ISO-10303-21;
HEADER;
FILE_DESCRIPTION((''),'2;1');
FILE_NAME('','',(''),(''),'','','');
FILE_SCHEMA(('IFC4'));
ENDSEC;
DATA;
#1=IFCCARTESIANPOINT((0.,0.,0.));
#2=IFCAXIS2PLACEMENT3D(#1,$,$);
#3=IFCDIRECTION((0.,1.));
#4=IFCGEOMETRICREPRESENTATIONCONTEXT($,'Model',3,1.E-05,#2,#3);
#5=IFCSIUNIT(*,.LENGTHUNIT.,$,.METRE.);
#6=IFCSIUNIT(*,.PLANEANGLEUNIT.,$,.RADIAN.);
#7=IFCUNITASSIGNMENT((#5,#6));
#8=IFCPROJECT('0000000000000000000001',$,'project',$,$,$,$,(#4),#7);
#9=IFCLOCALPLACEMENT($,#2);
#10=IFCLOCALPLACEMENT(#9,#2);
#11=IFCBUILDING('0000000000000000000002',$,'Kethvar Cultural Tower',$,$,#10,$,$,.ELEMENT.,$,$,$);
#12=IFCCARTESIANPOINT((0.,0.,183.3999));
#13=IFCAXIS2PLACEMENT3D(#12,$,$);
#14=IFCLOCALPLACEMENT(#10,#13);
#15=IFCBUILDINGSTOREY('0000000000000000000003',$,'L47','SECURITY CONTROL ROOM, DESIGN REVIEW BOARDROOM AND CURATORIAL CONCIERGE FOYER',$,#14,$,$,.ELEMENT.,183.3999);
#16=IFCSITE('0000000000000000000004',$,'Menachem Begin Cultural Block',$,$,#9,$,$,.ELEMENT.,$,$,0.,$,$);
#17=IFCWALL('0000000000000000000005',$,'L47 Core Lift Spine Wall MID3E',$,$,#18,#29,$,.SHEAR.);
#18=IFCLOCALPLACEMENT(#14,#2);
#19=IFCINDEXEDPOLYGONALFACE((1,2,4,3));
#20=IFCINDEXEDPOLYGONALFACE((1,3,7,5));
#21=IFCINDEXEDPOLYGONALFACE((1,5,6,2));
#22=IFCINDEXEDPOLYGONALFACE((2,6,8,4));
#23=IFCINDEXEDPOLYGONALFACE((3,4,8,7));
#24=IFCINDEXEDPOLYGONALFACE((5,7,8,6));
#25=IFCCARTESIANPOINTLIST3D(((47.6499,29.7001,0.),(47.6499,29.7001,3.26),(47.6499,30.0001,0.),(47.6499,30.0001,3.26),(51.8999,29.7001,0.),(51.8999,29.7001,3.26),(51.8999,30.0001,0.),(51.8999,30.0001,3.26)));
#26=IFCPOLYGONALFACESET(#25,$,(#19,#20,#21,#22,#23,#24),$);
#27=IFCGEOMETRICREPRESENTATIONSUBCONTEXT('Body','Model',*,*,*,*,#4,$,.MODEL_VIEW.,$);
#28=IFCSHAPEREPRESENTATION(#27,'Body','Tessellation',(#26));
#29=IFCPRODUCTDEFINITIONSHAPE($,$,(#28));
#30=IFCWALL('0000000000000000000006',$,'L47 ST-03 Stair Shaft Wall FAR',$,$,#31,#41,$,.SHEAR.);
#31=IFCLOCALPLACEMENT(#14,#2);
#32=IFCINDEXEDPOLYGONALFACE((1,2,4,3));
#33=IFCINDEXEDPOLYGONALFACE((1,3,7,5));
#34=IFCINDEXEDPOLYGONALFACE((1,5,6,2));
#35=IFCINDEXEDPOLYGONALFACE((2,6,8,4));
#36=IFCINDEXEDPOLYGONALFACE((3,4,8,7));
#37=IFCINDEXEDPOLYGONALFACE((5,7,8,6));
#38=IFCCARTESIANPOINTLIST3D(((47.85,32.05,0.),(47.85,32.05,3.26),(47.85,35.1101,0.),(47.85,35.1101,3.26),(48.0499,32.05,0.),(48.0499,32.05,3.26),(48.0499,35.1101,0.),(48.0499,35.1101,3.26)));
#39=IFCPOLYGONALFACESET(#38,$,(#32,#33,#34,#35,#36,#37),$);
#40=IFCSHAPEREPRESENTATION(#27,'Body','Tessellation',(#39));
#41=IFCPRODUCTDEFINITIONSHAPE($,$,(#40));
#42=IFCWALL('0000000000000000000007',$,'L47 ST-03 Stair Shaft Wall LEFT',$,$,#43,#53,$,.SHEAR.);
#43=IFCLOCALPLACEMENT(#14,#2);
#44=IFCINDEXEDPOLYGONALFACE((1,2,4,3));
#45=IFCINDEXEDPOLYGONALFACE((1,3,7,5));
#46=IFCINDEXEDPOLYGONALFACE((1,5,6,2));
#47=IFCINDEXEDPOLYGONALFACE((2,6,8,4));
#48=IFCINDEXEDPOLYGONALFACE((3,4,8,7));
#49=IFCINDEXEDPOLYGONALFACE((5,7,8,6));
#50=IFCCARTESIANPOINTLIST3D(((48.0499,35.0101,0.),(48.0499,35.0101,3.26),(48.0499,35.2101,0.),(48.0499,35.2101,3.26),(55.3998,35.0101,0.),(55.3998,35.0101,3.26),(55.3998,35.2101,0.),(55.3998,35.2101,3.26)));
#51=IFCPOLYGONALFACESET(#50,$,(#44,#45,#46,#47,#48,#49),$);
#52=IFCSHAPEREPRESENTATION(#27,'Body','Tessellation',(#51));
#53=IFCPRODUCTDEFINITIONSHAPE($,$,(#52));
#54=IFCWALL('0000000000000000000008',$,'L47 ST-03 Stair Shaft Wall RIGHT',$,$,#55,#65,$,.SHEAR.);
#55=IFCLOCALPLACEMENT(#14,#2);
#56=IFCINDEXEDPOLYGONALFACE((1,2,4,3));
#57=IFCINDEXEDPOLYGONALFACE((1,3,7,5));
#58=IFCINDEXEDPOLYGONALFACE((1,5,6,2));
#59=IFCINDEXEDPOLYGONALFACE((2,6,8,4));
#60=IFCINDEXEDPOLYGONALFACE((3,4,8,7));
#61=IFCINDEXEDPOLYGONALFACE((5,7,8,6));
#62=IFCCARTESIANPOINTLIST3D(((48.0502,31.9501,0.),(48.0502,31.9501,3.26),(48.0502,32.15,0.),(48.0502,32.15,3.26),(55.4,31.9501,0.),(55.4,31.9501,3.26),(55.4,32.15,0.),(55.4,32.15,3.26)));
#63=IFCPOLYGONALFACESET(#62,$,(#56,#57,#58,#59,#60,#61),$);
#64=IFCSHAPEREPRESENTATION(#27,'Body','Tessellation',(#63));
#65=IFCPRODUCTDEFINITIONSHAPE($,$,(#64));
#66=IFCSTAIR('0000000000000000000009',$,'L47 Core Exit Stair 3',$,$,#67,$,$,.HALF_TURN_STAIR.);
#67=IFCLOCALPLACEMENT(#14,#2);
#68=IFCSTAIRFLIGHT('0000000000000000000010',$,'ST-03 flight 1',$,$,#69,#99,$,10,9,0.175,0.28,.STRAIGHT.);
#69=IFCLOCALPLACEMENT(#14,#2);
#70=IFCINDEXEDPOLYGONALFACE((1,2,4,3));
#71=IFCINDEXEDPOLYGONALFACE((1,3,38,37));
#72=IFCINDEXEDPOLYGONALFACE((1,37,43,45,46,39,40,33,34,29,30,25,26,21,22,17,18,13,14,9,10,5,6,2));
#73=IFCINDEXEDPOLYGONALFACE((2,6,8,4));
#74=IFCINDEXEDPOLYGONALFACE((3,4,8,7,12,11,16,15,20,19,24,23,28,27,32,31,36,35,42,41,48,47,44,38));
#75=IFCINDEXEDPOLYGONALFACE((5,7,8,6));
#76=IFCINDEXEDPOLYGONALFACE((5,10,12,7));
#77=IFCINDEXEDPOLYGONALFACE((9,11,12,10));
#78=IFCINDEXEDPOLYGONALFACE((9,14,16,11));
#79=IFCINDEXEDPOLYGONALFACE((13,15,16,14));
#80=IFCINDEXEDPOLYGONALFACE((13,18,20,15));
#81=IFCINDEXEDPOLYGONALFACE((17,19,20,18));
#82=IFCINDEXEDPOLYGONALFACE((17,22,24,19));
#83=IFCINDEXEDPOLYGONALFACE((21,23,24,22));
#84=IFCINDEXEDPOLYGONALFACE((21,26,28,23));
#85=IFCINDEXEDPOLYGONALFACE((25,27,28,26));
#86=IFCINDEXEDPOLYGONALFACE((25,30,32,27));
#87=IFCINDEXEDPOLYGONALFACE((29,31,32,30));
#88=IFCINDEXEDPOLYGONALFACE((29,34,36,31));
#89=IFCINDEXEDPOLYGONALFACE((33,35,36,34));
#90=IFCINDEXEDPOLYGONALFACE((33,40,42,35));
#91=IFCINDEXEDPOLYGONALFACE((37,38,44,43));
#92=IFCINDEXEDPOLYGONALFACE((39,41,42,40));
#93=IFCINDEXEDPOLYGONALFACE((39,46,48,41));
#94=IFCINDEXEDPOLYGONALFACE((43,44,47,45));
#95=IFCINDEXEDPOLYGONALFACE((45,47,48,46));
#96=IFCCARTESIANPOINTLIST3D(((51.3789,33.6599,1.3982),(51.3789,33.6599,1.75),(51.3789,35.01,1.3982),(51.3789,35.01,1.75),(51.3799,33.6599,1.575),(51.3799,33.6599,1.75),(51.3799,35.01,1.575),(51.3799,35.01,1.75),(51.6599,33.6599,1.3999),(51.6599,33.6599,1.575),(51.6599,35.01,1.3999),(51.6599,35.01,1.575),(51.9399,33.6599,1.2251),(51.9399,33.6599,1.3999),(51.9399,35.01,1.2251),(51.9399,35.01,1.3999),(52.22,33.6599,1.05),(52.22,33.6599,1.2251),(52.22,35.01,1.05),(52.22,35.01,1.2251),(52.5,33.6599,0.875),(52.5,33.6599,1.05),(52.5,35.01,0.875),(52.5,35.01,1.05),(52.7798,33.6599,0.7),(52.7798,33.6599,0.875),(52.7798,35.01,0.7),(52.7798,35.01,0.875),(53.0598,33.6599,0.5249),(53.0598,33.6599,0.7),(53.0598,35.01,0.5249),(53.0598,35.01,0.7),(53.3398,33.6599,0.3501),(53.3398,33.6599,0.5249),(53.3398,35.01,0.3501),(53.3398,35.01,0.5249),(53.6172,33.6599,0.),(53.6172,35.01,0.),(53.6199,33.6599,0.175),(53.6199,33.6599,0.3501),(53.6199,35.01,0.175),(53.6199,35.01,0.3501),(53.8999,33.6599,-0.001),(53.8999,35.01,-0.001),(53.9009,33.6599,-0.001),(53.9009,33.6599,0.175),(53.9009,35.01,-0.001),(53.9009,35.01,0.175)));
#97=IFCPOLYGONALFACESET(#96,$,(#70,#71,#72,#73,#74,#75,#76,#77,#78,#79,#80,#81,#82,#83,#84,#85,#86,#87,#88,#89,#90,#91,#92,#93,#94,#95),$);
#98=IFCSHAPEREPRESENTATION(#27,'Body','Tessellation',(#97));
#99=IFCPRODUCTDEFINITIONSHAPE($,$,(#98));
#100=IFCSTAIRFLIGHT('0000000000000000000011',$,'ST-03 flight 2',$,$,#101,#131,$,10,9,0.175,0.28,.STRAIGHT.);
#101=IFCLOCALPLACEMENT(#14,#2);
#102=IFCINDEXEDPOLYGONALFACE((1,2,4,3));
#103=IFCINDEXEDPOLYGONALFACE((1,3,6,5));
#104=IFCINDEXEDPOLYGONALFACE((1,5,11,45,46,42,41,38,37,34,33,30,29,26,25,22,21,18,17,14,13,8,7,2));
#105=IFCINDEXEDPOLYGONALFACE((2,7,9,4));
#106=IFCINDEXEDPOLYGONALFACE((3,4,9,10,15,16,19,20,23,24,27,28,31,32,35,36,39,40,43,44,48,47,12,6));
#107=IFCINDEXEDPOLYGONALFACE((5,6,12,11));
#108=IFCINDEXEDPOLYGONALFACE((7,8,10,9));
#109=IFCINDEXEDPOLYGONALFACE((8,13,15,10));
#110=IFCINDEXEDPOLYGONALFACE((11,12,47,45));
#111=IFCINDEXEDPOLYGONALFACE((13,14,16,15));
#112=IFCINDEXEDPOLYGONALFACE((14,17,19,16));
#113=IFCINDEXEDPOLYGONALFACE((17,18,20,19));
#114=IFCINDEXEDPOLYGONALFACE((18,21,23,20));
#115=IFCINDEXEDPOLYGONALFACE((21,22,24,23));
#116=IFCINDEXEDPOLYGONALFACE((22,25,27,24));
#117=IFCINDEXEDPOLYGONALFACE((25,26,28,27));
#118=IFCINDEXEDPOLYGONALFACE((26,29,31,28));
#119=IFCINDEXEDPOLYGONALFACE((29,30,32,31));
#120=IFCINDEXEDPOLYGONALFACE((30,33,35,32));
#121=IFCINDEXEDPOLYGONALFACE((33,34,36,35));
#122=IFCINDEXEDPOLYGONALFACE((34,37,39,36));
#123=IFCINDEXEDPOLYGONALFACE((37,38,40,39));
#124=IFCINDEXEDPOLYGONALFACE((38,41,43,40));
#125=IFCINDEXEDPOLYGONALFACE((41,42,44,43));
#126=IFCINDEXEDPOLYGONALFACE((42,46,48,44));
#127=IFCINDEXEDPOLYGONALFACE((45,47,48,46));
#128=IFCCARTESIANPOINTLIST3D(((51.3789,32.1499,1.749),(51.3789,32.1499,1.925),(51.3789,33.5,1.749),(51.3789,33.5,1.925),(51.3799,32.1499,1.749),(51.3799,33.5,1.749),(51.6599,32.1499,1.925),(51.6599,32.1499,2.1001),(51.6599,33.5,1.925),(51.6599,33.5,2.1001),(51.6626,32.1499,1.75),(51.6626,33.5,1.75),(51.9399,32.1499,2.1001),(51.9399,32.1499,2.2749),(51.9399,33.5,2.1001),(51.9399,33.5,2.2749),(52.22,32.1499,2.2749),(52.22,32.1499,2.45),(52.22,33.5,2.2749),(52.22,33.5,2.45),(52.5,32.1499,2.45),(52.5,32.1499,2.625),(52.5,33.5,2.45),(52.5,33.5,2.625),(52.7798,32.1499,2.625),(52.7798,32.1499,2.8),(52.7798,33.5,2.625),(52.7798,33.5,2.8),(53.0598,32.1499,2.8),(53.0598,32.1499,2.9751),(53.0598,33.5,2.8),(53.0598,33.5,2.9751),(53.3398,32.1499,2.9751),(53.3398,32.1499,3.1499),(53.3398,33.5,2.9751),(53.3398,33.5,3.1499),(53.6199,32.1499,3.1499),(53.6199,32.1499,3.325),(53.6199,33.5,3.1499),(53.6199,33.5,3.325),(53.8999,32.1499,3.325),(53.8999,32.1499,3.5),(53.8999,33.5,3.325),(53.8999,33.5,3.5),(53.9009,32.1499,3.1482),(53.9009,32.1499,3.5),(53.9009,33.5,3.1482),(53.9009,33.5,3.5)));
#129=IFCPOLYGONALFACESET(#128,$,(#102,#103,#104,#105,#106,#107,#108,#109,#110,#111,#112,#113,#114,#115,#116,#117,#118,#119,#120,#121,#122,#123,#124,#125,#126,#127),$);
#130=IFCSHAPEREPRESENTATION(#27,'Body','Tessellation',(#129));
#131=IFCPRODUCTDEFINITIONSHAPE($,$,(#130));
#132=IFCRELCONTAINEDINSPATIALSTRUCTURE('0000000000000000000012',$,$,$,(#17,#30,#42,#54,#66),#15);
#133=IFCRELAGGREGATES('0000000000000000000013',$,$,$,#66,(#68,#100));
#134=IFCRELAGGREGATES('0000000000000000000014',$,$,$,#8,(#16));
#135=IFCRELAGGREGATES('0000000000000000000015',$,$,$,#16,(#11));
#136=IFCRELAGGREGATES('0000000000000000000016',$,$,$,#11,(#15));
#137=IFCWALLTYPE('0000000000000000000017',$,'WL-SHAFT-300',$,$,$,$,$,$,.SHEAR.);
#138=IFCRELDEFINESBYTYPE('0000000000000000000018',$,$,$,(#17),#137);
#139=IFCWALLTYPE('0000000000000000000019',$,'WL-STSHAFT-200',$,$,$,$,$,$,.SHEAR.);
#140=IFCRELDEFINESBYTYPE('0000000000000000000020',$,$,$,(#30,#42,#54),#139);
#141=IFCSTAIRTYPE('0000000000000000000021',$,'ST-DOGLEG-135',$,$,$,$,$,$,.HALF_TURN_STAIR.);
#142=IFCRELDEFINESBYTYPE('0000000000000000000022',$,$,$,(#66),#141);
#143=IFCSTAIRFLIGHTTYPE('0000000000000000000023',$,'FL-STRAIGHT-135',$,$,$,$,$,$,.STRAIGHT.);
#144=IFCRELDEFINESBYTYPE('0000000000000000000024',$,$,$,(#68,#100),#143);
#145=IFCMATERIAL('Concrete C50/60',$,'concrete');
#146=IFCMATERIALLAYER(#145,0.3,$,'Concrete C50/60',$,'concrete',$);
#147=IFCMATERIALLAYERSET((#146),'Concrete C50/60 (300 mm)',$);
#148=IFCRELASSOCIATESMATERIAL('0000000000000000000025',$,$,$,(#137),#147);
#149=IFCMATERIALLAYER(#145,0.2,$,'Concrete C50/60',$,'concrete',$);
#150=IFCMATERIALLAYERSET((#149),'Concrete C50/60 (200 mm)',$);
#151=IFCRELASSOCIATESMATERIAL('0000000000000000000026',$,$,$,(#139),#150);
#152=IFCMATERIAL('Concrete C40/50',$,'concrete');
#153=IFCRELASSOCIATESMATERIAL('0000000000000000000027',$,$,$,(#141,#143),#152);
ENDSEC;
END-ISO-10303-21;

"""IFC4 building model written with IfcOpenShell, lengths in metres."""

from ifc_helpers import new_model, si_unit, direction, frame, frame_2d, origin, place, context, subcontext, project, spatial, polyline, rectangle, outline, extrude, material, layer, layer_set, type_object, element, aggregate, save


model = new_model("IFC4")

# Units and contexts
model_context = context("Model", 3, precision=1e-05, world=origin(), true_north=direction((0.0, 1.0)))
body_context = subcontext(model_context, "Body", "Model", "MODEL_VIEW")
ifc_project = project(units=[si_unit("LENGTHUNIT", "METRE"), si_unit("PLANEANGLEUNIT", "RADIAN")], contexts=[model_context])

# Site, building, storey
site_placement = place(None, origin())
site = spatial("IfcSite", under=ifc_project, at=site_placement, Name="Menachem Begin Cultural Block", CompositionType="ELEMENT", RefElevation=0.0)
building_placement = place(site_placement, origin())
building = spatial("IfcBuilding", under=site, at=building_placement, Name="Kethvar Cultural Tower", CompositionType="ELEMENT")
storey_placement = place(building_placement, frame((0.0, 0.0, 183.3999)))
storey = spatial("IfcBuildingStorey", under=building, at=storey_placement, Name="L47", Description="SECURITY CONTROL ROOM, DESIGN REVIEW BOARDROOM AND CURATORIAL CONCIERGE FOYER", CompositionType="ELEMENT", Elevation=183.3999)

# Walls
ifc_material_1 = material(Name="Concrete C40/50", Category="concrete")
ifc_material_2 = material(Name="Concrete C50/60", Category="concrete")
ifc_layer_1 = layer(ifc_material_2, 0.3, Name="Concrete C50/60", Category="concrete")
ifc_layer_set_1 = layer_set([ifc_layer_1], Name="Concrete C50/60 (300 mm)")
wall_type_1 = type_object("IfcWallType", Name="WL-SHAFT-300", PredefinedType="SHEAR", material=ifc_layer_set_1)
wall_1_placement = place(storey_placement, frame((47.6499, 29.8501, 0.0), z_axis=(0.0, 0.0, 1.0), x_axis=(1.0, 0.0, 0.0)))
element("IfcWall", 1, at=wall_1_placement, inside=storey, type_object=wall_type_1, Name="L47 Core Lift Spine Wall MID3E", PredefinedType="SHEAR", context=body_context, shape_type="SweptSolid", body=[
    extrude(rectangle(XDim=4.25, YDim=0.3, at=frame_2d((2.125, 0.0))), origin(), (0.0, 0.0, 1.0), 3.26),
])
ifc_layer_2 = layer(ifc_material_2, 0.2, Name="Concrete C50/60", Category="concrete")
ifc_layer_set_2 = layer_set([ifc_layer_2], Name="Concrete C50/60 (200 mm)")
wall_type_2 = type_object("IfcWallType", Name="WL-STSHAFT-200", PredefinedType="SHEAR", material=ifc_layer_set_2)
wall_2_placement = place(storey_placement, frame((47.95, 32.05, 0.0), z_axis=(0.0, 0.0, 1.0), x_axis=(0.0, 1.0, 0.0)))
element("IfcWall", 2, at=wall_2_placement, inside=storey, type_object=wall_type_2, Name="L47 ST-03 Stair Shaft Wall FAR", PredefinedType="SHEAR", context=body_context, shape_type="SweptSolid", body=[
    extrude(rectangle(XDim=3.0601, YDim=0.2, at=frame_2d((1.53, 0.0))), origin(), (0.0, 0.0, 1.0), 3.26),
])
for number, where, z_axis, x_axis, name in (
    (3, (48.05, 35.1101, 0.0), (0.0, 0.0, 1.0), (1.0, 0.0, 0.0), "L47 ST-03 Stair Shaft Wall LEFT"),
    (4, (55.3999, 32.05, 0.0), (0.0, 0.0, 1.0), (-1.0, 0.0, 0.0), "L47 ST-03 Stair Shaft Wall RIGHT"),
):
    element("IfcWall", number, at=place(storey_placement, frame(where, z_axis=z_axis, x_axis=x_axis)), inside=storey, type_object=wall_type_2, Name=name, PredefinedType="SHEAR", context=body_context, shape_type="SweptSolid", body=[
        extrude(rectangle(XDim=7.3499, YDim=0.2, at=frame_2d((3.6748, 0.0))), origin(), (0.0, 0.0, 1.0), 3.26),
    ])

# Stair, stair flights
stair_type = type_object("IfcStairType", Name="ST-DOGLEG-135", PredefinedType="HALF_TURN_STAIR", material=ifc_material_1)
stair_placement = place(storey_placement, origin())
stair = element("IfcStair", 5, at=stair_placement, inside=storey, type_object=stair_type, Name="L47 Core Exit Stair 3", PredefinedType="HALF_TURN_STAIR")
stair_flight_type = type_object("IfcStairFlightType", Name="FL-STRAIGHT-135", PredefinedType="STRAIGHT", material=ifc_material_1)
stair_flight_1_placement = place(storey_placement, frame((53.8999, 34.335, 0.0), z_axis=(0.0, 0.0, 1.0), x_axis=(-1.0, 0.0, 0.0)))
stair_flight_1 = element("IfcStairFlight", 6, at=stair_flight_1_placement, type_object=stair_flight_type, Name="ST-03 flight 1", NumberOfRisers=10, NumberOfTreads=9, PredefinedType="STRAIGHT", RiserHeight=0.175, TreadLength=0.28, context=body_context, shape_type="SweptSolid", body=[
    extrude(outline(polyline([(-0.001, -0.001), (-0.001, 0.175), (0.28, 0.175), (0.28, 0.3501), (0.5601, 0.3501), (0.5601, 0.5249), (0.8401, 0.5249), (0.8401, 0.7), (1.1201, 0.7), (1.1201, 0.875), (1.3999, 0.875), (1.3999, 1.05), (1.6799, 1.05), (1.6799, 1.2251), (1.96, 1.2251), (1.96, 1.3999), (2.24, 1.3999), (2.24, 1.575), (2.52, 1.575), (2.52, 1.75), (2.521, 1.75), (2.521, 1.3982), (0.2827, 0.0), (0.0, -0.001), (-0.001, -0.001)])), frame((0.0, 0.675, 0.0), z_axis=(0.0, -1.0, 0.0), x_axis=(1.0, 0.0, 0.0)), (0.0, 0.0, 1.0), 1.3501),
])
stair_flight_2_placement = place(storey_placement, frame((51.3799, 32.825, 1.75), z_axis=(0.0, 0.0, 1.0), x_axis=(1.0, 0.0, 0.0)))
stair_flight_2 = element("IfcStairFlight", 7, at=stair_flight_2_placement, type_object=stair_flight_type, Name="ST-03 flight 2", NumberOfRisers=10, NumberOfTreads=9, PredefinedType="STRAIGHT", RiserHeight=0.175, TreadLength=0.28, context=body_context, shape_type="SweptSolid", body=[
    extrude(outline(polyline([(-0.001, -0.001), (-0.001, 0.175), (0.28, 0.175), (0.28, 0.3501), (0.5601, 0.3501), (0.5601, 0.5249), (0.8401, 0.5249), (0.8401, 0.7), (1.1201, 0.7), (1.1201, 0.875), (1.3999, 0.875), (1.3999, 1.05), (1.6799, 1.05), (1.6799, 1.2251), (1.96, 1.2251), (1.96, 1.3999), (2.24, 1.3999), (2.24, 1.575), (2.52, 1.575), (2.52, 1.75), (2.521, 1.75), (2.521, 1.3982), (0.2827, 0.0), (0.0, -0.001), (-0.001, -0.001)])), frame((0.0, 0.675, 0.0), z_axis=(0.0, -1.0, 0.0), x_axis=(1.0, 0.0, 0.0)), (0.0, 0.0, 1.0), 1.3501),
])
aggregate(stair, [stair_flight_1, stair_flight_2])

save(model, "model.ifc")
